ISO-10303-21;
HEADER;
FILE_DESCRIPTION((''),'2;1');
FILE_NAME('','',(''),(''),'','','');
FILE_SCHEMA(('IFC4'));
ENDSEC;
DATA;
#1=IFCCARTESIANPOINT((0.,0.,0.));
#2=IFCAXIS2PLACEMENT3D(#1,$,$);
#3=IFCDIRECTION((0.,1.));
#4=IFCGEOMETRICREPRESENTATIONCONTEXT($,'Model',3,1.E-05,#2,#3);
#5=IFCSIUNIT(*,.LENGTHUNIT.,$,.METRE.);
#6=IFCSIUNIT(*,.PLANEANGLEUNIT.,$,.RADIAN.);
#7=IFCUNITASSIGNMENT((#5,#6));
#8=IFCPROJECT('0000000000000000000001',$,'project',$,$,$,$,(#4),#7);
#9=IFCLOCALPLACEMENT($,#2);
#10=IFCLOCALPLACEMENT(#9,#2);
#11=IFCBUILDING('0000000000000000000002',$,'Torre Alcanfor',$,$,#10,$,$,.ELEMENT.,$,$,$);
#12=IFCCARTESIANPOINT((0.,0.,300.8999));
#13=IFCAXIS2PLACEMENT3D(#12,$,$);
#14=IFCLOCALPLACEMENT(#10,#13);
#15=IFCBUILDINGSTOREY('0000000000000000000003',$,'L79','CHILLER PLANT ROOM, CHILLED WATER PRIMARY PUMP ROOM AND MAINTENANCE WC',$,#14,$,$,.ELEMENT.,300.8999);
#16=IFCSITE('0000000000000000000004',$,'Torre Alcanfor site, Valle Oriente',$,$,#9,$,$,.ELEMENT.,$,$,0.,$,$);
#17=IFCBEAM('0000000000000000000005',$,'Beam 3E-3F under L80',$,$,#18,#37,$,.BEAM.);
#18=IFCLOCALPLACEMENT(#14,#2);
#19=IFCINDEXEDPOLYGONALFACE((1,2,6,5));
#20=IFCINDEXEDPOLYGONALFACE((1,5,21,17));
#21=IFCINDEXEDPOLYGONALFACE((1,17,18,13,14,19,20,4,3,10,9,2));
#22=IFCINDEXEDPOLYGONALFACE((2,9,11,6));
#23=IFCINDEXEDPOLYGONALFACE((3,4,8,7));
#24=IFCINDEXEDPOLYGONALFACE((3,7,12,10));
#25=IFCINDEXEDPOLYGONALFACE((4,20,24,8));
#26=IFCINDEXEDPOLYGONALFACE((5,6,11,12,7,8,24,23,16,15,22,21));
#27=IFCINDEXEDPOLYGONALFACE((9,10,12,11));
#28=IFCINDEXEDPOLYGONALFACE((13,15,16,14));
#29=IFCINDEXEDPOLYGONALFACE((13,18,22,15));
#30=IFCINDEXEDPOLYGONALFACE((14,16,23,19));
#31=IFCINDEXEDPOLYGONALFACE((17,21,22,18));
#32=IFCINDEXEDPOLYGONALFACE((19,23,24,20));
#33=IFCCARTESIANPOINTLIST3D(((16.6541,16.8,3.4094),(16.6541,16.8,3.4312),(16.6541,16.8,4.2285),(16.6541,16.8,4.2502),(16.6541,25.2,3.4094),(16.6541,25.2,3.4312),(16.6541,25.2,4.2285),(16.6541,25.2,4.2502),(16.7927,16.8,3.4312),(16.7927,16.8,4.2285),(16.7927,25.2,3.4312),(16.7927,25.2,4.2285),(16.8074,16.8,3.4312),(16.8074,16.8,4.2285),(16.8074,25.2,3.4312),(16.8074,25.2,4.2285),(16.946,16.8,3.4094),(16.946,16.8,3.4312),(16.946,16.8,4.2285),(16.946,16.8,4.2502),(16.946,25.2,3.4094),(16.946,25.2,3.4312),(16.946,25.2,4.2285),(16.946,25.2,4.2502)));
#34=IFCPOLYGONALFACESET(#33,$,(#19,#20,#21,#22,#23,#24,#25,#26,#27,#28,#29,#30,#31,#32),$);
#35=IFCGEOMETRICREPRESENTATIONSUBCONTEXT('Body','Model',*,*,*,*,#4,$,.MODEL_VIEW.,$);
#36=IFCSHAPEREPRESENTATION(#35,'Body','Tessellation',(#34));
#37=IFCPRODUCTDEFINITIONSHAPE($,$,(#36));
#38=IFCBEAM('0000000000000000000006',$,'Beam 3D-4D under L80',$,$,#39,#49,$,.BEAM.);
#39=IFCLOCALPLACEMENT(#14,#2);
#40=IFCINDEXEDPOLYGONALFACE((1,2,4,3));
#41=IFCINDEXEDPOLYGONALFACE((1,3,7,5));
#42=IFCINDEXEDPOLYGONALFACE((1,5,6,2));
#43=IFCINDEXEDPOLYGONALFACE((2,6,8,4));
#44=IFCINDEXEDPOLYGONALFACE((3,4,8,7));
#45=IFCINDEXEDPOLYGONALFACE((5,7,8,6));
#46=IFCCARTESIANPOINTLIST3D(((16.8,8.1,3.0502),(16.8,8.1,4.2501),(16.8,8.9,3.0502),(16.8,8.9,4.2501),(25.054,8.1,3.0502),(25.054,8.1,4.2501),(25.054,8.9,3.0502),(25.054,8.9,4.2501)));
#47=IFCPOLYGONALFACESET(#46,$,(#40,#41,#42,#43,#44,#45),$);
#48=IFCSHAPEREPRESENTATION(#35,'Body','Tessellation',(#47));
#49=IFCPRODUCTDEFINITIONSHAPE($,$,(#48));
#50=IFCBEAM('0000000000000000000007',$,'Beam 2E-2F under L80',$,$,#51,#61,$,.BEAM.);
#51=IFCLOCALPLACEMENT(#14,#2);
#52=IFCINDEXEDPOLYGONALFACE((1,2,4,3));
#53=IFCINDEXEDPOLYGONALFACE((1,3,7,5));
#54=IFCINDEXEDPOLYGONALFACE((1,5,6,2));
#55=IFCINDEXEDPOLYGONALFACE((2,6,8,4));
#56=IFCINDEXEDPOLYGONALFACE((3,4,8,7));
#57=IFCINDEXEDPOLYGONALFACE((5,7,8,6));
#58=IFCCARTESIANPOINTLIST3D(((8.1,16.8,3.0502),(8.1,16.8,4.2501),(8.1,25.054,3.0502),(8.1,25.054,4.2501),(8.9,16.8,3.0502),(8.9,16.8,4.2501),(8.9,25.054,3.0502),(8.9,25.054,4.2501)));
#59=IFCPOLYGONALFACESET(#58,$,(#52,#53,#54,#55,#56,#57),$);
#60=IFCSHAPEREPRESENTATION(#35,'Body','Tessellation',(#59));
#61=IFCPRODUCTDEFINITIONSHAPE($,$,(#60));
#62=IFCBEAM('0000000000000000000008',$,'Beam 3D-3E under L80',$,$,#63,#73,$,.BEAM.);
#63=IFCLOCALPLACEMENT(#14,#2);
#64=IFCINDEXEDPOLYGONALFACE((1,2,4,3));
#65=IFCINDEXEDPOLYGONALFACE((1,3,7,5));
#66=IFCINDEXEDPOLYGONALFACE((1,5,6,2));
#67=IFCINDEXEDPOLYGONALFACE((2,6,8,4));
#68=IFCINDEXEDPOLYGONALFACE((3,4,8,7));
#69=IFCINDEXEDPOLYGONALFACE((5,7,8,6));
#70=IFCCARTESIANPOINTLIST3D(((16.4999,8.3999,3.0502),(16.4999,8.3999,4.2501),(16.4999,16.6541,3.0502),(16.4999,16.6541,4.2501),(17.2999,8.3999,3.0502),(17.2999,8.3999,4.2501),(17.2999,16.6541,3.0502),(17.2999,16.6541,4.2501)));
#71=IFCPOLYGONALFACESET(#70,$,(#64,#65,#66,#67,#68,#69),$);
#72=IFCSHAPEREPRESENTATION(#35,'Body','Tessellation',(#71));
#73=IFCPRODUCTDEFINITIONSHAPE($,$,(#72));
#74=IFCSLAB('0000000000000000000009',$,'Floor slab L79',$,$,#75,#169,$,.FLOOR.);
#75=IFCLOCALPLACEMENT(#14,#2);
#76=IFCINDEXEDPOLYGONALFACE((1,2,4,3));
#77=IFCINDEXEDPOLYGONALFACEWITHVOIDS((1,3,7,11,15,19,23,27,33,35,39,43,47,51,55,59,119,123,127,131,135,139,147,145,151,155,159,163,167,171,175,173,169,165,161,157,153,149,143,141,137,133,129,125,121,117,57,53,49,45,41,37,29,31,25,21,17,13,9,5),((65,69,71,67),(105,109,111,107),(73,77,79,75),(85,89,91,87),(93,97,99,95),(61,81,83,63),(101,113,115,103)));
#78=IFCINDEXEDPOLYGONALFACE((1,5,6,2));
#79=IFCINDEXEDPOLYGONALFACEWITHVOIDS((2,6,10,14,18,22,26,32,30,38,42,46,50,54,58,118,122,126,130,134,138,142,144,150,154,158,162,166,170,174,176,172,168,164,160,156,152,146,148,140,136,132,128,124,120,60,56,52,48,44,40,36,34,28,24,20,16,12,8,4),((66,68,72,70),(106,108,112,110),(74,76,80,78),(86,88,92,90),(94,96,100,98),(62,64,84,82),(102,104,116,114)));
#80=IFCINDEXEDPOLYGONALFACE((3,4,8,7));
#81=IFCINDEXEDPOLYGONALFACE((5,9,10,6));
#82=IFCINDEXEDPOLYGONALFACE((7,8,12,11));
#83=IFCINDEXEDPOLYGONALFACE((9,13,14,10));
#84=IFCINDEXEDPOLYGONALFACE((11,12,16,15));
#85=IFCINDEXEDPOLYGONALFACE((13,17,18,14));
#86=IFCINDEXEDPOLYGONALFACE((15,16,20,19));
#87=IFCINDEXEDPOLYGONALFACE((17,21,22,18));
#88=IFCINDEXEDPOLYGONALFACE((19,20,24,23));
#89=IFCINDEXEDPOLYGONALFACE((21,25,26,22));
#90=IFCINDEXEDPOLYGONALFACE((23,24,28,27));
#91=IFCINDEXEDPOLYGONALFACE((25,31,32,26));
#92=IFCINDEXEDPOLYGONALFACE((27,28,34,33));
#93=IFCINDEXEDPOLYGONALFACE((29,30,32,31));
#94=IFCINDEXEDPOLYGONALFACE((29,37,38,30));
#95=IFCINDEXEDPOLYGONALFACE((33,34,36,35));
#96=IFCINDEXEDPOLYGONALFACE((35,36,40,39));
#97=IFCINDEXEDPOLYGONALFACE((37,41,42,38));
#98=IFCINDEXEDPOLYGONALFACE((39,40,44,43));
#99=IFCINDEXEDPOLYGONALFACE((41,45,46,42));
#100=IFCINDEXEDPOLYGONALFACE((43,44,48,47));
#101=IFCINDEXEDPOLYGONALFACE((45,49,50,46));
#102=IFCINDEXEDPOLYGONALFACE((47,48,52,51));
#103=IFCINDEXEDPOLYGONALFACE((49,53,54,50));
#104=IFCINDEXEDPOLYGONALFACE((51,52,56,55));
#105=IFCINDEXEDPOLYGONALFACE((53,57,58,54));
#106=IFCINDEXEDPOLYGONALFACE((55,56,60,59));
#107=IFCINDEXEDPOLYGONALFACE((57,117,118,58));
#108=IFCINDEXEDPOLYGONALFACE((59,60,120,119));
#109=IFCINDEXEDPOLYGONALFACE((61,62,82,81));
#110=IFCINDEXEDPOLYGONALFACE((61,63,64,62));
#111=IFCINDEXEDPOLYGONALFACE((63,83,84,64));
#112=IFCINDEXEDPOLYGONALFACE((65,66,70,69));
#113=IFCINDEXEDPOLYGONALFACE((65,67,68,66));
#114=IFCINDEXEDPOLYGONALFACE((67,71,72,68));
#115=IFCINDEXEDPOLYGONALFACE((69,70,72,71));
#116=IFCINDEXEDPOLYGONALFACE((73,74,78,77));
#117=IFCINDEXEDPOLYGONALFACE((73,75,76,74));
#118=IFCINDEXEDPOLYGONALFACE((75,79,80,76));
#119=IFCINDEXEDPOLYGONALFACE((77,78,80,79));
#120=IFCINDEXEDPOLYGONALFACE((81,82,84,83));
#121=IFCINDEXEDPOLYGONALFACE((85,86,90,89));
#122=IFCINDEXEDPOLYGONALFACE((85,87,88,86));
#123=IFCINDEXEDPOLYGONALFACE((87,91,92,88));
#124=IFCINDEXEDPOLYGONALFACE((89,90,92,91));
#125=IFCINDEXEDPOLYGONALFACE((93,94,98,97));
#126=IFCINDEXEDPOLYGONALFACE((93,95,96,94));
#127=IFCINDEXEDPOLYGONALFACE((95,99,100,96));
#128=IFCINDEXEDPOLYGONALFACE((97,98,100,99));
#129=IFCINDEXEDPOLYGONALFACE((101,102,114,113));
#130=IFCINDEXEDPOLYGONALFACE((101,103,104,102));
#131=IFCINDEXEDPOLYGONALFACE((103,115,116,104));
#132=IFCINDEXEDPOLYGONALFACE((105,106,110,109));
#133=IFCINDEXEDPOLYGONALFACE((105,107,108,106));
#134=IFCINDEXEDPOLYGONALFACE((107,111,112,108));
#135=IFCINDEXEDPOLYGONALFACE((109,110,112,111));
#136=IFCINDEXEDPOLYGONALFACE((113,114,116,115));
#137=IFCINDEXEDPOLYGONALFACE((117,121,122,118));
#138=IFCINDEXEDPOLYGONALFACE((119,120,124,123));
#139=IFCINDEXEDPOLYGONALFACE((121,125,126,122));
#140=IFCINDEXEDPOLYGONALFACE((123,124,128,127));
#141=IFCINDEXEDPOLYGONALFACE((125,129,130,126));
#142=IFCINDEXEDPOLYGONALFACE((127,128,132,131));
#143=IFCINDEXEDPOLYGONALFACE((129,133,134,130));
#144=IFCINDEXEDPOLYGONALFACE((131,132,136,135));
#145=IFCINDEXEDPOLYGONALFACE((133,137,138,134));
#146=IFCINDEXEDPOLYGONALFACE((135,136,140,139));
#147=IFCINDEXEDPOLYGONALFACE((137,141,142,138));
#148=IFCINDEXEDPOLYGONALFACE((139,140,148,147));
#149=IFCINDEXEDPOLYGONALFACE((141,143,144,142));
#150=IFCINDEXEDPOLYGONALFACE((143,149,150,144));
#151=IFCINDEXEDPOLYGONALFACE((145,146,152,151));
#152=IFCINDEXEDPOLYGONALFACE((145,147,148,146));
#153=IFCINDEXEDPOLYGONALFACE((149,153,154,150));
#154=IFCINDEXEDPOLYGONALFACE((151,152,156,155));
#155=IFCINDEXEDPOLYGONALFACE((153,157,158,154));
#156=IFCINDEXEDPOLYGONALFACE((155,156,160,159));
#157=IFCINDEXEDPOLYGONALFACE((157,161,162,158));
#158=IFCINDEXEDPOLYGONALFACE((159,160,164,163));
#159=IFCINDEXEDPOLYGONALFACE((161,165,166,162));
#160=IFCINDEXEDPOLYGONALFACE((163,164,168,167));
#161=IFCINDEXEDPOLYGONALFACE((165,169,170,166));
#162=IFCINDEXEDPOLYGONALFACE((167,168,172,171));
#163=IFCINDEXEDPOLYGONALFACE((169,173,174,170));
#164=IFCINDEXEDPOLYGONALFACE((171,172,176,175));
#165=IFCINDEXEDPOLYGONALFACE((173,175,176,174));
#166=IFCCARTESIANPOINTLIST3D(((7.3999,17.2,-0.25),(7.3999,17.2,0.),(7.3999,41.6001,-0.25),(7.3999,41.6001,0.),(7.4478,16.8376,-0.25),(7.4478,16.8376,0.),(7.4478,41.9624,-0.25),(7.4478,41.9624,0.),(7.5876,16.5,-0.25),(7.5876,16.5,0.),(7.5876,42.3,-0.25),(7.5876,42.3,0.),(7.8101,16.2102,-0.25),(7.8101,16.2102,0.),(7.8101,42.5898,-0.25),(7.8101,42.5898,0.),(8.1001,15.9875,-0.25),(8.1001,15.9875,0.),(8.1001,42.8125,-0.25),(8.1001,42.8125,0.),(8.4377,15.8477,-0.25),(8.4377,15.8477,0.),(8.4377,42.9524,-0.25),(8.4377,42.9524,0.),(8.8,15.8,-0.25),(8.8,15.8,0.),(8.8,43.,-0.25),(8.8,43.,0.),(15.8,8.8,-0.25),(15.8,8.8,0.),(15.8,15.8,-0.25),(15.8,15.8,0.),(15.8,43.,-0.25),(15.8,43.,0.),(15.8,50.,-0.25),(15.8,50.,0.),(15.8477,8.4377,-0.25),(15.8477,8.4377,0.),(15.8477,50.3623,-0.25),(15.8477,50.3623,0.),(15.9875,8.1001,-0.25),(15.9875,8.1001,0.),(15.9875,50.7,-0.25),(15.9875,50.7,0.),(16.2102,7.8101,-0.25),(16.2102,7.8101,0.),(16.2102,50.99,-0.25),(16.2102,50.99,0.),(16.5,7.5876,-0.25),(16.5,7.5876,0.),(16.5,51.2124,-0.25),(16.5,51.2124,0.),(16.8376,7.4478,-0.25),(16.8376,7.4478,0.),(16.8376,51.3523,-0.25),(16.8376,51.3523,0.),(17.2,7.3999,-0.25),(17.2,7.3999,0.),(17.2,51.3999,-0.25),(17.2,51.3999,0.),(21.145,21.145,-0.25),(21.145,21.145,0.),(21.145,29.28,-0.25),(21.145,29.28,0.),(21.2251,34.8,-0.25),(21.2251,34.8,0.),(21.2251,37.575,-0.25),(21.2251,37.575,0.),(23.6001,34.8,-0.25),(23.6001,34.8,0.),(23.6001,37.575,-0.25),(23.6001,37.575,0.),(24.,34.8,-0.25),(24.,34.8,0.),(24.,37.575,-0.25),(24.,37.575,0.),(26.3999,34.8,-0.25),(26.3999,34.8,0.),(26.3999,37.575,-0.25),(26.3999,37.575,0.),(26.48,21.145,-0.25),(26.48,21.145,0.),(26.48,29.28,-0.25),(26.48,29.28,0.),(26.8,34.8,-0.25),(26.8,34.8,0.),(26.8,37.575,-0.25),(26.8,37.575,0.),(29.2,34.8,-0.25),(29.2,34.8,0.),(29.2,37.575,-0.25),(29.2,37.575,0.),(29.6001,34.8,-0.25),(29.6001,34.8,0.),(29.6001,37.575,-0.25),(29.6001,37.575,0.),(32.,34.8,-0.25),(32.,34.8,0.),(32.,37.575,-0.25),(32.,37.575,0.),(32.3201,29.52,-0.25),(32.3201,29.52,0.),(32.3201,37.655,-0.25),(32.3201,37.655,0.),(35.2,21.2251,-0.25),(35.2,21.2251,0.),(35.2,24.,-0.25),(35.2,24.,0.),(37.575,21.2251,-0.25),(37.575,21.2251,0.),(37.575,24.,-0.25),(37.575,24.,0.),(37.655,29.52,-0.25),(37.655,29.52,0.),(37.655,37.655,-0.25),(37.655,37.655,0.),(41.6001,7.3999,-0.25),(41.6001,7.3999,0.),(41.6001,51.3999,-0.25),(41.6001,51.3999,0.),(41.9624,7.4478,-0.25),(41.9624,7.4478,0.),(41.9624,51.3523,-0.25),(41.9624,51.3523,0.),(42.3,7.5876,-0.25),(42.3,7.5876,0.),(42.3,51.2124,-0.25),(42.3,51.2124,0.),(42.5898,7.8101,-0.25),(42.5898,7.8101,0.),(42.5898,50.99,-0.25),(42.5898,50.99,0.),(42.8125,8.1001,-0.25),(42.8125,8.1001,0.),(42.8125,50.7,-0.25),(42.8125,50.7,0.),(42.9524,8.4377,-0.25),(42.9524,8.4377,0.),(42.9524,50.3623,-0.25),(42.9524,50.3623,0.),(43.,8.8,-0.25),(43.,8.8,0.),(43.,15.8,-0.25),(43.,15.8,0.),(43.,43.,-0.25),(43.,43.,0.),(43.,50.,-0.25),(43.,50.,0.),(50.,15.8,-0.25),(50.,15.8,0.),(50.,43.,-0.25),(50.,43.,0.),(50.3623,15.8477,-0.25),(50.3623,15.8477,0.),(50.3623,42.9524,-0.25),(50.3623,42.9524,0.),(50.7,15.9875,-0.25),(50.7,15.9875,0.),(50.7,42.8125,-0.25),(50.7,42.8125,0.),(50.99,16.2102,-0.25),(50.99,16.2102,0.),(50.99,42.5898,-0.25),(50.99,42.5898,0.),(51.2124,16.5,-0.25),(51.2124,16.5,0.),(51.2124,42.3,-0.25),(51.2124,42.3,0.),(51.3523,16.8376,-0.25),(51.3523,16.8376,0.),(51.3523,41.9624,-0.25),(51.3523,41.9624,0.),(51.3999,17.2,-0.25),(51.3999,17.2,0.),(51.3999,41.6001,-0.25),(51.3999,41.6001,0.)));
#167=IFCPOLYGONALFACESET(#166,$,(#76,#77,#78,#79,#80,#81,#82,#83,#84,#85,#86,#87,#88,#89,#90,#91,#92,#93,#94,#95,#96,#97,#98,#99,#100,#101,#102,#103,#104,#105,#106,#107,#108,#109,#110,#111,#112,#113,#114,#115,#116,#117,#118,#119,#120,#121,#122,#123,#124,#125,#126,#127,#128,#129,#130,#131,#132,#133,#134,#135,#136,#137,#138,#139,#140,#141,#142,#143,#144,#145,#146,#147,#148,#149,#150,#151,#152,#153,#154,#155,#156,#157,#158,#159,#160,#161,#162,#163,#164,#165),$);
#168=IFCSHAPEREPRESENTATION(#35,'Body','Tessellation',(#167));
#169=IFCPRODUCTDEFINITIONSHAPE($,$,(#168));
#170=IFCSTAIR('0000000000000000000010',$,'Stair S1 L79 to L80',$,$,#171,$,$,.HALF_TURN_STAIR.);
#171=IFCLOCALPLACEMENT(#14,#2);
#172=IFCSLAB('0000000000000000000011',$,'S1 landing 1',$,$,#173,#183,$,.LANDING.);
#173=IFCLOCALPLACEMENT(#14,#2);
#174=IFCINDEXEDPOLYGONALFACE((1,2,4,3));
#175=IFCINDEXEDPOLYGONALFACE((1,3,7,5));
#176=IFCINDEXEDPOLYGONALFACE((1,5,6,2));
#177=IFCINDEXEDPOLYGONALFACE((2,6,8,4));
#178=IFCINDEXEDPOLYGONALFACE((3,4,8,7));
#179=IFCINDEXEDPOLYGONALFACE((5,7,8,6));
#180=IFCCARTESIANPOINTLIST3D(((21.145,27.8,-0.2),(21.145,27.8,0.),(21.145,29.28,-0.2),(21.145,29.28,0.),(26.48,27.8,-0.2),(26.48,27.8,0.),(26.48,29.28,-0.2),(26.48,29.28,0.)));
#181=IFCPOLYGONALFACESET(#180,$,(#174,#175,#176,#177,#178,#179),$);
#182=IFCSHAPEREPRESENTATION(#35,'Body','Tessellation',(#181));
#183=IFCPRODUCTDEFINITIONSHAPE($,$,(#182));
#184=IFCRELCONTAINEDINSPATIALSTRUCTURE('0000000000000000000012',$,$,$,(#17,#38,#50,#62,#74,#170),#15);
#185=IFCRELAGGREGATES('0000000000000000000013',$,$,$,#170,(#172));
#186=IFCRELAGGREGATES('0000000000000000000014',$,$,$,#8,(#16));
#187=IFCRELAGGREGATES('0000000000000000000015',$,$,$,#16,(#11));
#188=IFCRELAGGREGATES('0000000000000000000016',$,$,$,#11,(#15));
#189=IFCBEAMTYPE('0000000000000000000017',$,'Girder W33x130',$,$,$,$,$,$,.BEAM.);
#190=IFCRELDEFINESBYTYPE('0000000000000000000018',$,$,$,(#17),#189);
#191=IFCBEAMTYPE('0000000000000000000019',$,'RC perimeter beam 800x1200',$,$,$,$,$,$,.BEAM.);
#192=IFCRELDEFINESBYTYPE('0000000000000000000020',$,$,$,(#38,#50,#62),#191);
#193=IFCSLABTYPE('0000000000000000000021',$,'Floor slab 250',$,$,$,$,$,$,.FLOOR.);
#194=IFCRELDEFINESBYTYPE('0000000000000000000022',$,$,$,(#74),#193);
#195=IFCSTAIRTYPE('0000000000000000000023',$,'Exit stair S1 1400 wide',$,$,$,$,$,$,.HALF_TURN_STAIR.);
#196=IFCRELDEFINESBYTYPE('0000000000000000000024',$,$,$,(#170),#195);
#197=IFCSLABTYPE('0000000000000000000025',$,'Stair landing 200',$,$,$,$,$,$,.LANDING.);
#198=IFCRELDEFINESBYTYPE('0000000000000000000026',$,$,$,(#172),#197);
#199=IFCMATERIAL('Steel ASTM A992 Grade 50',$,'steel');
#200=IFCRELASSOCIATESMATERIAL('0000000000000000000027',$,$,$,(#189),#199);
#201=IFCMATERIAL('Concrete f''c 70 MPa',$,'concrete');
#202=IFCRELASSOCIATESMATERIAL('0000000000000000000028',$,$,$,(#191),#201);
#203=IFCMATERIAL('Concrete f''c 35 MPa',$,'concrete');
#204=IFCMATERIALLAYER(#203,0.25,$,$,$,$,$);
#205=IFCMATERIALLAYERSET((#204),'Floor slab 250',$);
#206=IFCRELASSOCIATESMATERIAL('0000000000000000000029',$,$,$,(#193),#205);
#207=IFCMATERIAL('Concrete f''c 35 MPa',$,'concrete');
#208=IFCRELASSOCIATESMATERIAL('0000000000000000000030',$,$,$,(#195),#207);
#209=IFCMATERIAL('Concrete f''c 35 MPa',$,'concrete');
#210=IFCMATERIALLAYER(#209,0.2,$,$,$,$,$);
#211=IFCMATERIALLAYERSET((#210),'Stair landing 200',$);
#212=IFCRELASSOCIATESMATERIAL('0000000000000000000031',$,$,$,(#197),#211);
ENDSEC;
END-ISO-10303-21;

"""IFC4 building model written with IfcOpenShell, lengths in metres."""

from ifc_helpers import new_model, si_unit, direction, frame, origin, origin_2d, place, context, subcontext, project, spatial, polyline, rectangle, i_section, outline, extrude, material, layer, layer_set, material_profile, profile_set, type_object, element, aggregate, save


model = new_model("IFC4")

# Units and contexts
model_context = context("Model", 3, precision=1e-05, world=origin(), true_north=direction((0.0, 1.0)))
body_context = subcontext(model_context, "Body", "Model", "MODEL_VIEW")
ifc_project = project(units=[si_unit("LENGTHUNIT", "METRE"), si_unit("PLANEANGLEUNIT", "RADIAN")], contexts=[model_context])

# Site, building, storey
site_placement = place(None, origin())
site = spatial("IfcSite", under=ifc_project, at=site_placement, Name="Torre Alcanfor site, Valle Oriente", CompositionType="ELEMENT", RefElevation=0.0)
building_placement = place(site_placement, origin())
building = spatial("IfcBuilding", under=site, at=building_placement, Name="Torre Alcanfor", CompositionType="ELEMENT")
storey_placement = place(building_placement, frame((0.0, 0.0, 300.8999)))
storey = spatial("IfcBuildingStorey", under=building, at=storey_placement, Name="L79", Description="CHILLER PLANT ROOM, CHILLED WATER PRIMARY PUMP ROOM AND MAINTENANCE WC", CompositionType="ELEMENT", Elevation=300.8999)

# Beams
ifc_material_1 = material(Name="Steel ASTM A992 Grade 50", Category="steel")
ifc_material_profile_1 = material_profile(ifc_material_1, i_section(OverallWidth=0.292, OverallDepth=0.8408, WebThickness=0.0146, FlangeThickness=0.0217, at=origin_2d()), Name="W33x130")
ifc_profile_set_1 = profile_set([ifc_material_profile_1], Name="Steel ASTM A992 Grade 50")
beam_type_1 = type_object("IfcBeamType", Name="Girder W33x130", PredefinedType="BEAM", material=ifc_profile_set_1)
for number, where, z_axis, x_axis, name in (
    (1, (16.8, 16.8, 3.8298), (0.0, 1.0, 0.0), (-1.0, 0.0, 0.0), "Beam 3E-3F under L80"),
):
    element("IfcBeam", number, at=place(storey_placement, frame(where, z_axis=z_axis, x_axis=x_axis)), inside=storey, type_object=beam_type_1, Name=name, PredefinedType="BEAM", context=body_context, shape_type="SweptSolid", body=[
        extrude(i_section(OverallWidth=0.292, OverallDepth=0.8408, WebThickness=0.0146, FlangeThickness=0.0217, at=origin_2d()), origin(), (0.0, 0.0, 1.0), 8.3999),
    ])
ifc_material_2 = material(Name="Concrete f'c 70 MPa", Category="concrete")
ifc_material_profile_2 = material_profile(ifc_material_2, rectangle(XDim=0.8, YDim=1.2, at=origin_2d()), Name="800x1200")
ifc_profile_set_2 = profile_set([ifc_material_profile_2], Name="Concrete f'c 70 MPa")
beam_type_2 = type_object("IfcBeamType", Name="RC perimeter beam 800x1200", PredefinedType="BEAM", material=ifc_profile_set_2)
for number, where, z_axis, x_axis, name in (
    (2, (16.8, 8.5, 3.6501), (1.0, 0.0, 0.0), (0.0, 1.0, 0.0), "Beam 3D-4D under L80"),
    (3, (8.5, 16.8, 3.6501), (0.0, 1.0, 0.0), (-1.0, 0.0, 0.0), "Beam 2E-2F under L80"),
):
    element("IfcBeam", number, at=place(storey_placement, frame(where, z_axis=z_axis, x_axis=x_axis)), inside=storey, type_object=beam_type_2, Name=name, PredefinedType="BEAM", context=body_context, shape_type="SweptSolid", body=[
        extrude(rectangle(XDim=0.8, YDim=1.2, at=origin_2d()), origin(), (0.0, 0.0, 1.0), 8.2539),
    ])
beam_placement = place(storey_placement, frame((16.8999, 8.3999, 3.6501), z_axis=(0.0, 1.0, 0.0), x_axis=(-1.0, 0.0, 0.0)))
element("IfcBeam", 4, at=beam_placement, inside=storey, type_object=beam_type_2, Name="Beam 3D-3E under L80", PredefinedType="BEAM", context=body_context, shape_type="SweptSolid", body=[
    extrude(rectangle(XDim=0.8, YDim=1.2, at=origin_2d()), origin(), (0.0, 0.0, 1.0), 8.2542),
])

# Slab
ifc_material_3 = material(Name="Concrete f'c 35 MPa", Category="concrete")
ifc_layer_1 = layer(ifc_material_3, 0.25)
ifc_layer_set_1 = layer_set([ifc_layer_1], Name="Floor slab 250")
slab_type_1 = type_object("IfcSlabType", Name="Floor slab 250", PredefinedType="FLOOR", material=ifc_layer_set_1)
slab_1_placement = place(storey_placement, frame((0.0, 0.0, -0.25)))
element("IfcSlab", 5, at=slab_1_placement, inside=storey, type_object=slab_type_1, Name="Floor slab L79", PredefinedType="FLOOR", context=body_context, shape_type="SweptSolid", body=[
    extrude(outline(polyline([(15.8, 43.0), (8.8, 43.0), (8.4377, 42.9524), (8.1001, 42.8125), (7.8101, 42.5898), (7.5876, 42.3), (7.4478, 41.9624), (7.3999, 41.6001), (7.3999, 17.2), (7.4478, 16.8376), (7.5876, 16.5), (7.8101, 16.2102), (8.1001, 15.9875), (8.4377, 15.8477), (8.8, 15.8), (15.8, 15.8), (15.8, 8.8), (15.8477, 8.4377), (15.9875, 8.1001), (16.2102, 7.8101), (16.5, 7.5876), (16.8376, 7.4478), (17.2, 7.3999), (41.6001, 7.3999), (41.9624, 7.4478), (42.3, 7.5876), (42.5898, 7.8101), (42.8125, 8.1001), (42.9524, 8.4377), (43.0, 8.8), (43.0, 15.8), (50.0, 15.8), (50.3623, 15.8477), (50.7, 15.9875), (50.99, 16.2102), (51.2124, 16.5), (51.3523, 16.8376), (51.3999, 17.2), (51.3999, 41.6001), (51.3523, 41.9624), (51.2124, 42.3), (50.99, 42.5898), (50.7, 42.8125), (50.3623, 42.9524), (50.0, 43.0), (43.0, 43.0), (43.0, 50.0), (42.9524, 50.3623), (42.8125, 50.7), (42.5898, 50.99), (42.3, 51.2124), (41.9624, 51.3523), (41.6001, 51.3999), (17.2, 51.3999), (16.8376, 51.3523), (16.5, 51.2124), (16.2102, 50.99), (15.9875, 50.7), (15.8477, 50.3623), (15.8, 50.0), (15.8, 43.0)]), holes=[polyline([(21.145, 21.145), (26.48, 21.145), (26.48, 29.28), (21.145, 29.28), (21.145, 21.145)]), polyline([(32.3201, 29.52), (37.655, 29.52), (37.655, 37.655), (32.3201, 37.655), (32.3201, 29.52)]), polyline([(35.2, 21.2251), (37.575, 21.2251), (37.575, 24.0), (35.2, 24.0), (35.2, 21.2251)]), polyline([(21.2251, 34.8), (23.6001, 34.8), (23.6001, 37.575), (21.2251, 37.575), (21.2251, 34.8)]), polyline([(24.0, 34.8), (26.3999, 34.8), (26.3999, 37.575), (24.0, 37.575), (24.0, 34.8)]), polyline([(26.8, 34.8), (29.2, 34.8), (29.2, 37.575), (26.8, 37.575), (26.8, 34.8)]), polyline([(29.6001, 34.8), (32.0, 34.8), (32.0, 37.575), (29.6001, 37.575), (29.6001, 34.8)])]), origin(), (0.0, 0.0, 1.0), 0.25),
])

# Stair, slab
ifc_material_4 = material(Name="Concrete f'c 35 MPa", Category="concrete")
stair_type_1 = type_object("IfcStairType", Name="Exit stair S1 1400 wide", PredefinedType="HALF_TURN_STAIR", material=ifc_material_4)
stair_1_placement = place(storey_placement, origin())
stair_1 = element("IfcStair", 6, at=stair_1_placement, inside=storey, type_object=stair_type_1, Name="Stair S1 L79 to L80", PredefinedType="HALF_TURN_STAIR")
ifc_material_5 = material(Name="Concrete f'c 35 MPa", Category="concrete")
ifc_layer_2 = layer(ifc_material_5, 0.2)
ifc_layer_set_2 = layer_set([ifc_layer_2], Name="Stair landing 200")
slab_type_2 = type_object("IfcSlabType", Name="Stair landing 200", PredefinedType="LANDING", material=ifc_layer_set_2)
slab_2_placement = place(storey_placement, frame((0.0, 0.0, -0.2)))
slab_2 = element("IfcSlab", 7, at=slab_2_placement, type_object=slab_type_2, Name="S1 landing 1", PredefinedType="LANDING", context=body_context, shape_type="SweptSolid", body=[
    extrude(outline(polyline([(21.145, 27.8), (26.48, 27.8), (26.48, 29.28), (21.145, 29.28), (21.145, 27.8)])), origin(), (0.0, 0.0, 1.0), 0.2),
])
aggregate(stair_1, [slab_2])

save(model, "model.ifc")
